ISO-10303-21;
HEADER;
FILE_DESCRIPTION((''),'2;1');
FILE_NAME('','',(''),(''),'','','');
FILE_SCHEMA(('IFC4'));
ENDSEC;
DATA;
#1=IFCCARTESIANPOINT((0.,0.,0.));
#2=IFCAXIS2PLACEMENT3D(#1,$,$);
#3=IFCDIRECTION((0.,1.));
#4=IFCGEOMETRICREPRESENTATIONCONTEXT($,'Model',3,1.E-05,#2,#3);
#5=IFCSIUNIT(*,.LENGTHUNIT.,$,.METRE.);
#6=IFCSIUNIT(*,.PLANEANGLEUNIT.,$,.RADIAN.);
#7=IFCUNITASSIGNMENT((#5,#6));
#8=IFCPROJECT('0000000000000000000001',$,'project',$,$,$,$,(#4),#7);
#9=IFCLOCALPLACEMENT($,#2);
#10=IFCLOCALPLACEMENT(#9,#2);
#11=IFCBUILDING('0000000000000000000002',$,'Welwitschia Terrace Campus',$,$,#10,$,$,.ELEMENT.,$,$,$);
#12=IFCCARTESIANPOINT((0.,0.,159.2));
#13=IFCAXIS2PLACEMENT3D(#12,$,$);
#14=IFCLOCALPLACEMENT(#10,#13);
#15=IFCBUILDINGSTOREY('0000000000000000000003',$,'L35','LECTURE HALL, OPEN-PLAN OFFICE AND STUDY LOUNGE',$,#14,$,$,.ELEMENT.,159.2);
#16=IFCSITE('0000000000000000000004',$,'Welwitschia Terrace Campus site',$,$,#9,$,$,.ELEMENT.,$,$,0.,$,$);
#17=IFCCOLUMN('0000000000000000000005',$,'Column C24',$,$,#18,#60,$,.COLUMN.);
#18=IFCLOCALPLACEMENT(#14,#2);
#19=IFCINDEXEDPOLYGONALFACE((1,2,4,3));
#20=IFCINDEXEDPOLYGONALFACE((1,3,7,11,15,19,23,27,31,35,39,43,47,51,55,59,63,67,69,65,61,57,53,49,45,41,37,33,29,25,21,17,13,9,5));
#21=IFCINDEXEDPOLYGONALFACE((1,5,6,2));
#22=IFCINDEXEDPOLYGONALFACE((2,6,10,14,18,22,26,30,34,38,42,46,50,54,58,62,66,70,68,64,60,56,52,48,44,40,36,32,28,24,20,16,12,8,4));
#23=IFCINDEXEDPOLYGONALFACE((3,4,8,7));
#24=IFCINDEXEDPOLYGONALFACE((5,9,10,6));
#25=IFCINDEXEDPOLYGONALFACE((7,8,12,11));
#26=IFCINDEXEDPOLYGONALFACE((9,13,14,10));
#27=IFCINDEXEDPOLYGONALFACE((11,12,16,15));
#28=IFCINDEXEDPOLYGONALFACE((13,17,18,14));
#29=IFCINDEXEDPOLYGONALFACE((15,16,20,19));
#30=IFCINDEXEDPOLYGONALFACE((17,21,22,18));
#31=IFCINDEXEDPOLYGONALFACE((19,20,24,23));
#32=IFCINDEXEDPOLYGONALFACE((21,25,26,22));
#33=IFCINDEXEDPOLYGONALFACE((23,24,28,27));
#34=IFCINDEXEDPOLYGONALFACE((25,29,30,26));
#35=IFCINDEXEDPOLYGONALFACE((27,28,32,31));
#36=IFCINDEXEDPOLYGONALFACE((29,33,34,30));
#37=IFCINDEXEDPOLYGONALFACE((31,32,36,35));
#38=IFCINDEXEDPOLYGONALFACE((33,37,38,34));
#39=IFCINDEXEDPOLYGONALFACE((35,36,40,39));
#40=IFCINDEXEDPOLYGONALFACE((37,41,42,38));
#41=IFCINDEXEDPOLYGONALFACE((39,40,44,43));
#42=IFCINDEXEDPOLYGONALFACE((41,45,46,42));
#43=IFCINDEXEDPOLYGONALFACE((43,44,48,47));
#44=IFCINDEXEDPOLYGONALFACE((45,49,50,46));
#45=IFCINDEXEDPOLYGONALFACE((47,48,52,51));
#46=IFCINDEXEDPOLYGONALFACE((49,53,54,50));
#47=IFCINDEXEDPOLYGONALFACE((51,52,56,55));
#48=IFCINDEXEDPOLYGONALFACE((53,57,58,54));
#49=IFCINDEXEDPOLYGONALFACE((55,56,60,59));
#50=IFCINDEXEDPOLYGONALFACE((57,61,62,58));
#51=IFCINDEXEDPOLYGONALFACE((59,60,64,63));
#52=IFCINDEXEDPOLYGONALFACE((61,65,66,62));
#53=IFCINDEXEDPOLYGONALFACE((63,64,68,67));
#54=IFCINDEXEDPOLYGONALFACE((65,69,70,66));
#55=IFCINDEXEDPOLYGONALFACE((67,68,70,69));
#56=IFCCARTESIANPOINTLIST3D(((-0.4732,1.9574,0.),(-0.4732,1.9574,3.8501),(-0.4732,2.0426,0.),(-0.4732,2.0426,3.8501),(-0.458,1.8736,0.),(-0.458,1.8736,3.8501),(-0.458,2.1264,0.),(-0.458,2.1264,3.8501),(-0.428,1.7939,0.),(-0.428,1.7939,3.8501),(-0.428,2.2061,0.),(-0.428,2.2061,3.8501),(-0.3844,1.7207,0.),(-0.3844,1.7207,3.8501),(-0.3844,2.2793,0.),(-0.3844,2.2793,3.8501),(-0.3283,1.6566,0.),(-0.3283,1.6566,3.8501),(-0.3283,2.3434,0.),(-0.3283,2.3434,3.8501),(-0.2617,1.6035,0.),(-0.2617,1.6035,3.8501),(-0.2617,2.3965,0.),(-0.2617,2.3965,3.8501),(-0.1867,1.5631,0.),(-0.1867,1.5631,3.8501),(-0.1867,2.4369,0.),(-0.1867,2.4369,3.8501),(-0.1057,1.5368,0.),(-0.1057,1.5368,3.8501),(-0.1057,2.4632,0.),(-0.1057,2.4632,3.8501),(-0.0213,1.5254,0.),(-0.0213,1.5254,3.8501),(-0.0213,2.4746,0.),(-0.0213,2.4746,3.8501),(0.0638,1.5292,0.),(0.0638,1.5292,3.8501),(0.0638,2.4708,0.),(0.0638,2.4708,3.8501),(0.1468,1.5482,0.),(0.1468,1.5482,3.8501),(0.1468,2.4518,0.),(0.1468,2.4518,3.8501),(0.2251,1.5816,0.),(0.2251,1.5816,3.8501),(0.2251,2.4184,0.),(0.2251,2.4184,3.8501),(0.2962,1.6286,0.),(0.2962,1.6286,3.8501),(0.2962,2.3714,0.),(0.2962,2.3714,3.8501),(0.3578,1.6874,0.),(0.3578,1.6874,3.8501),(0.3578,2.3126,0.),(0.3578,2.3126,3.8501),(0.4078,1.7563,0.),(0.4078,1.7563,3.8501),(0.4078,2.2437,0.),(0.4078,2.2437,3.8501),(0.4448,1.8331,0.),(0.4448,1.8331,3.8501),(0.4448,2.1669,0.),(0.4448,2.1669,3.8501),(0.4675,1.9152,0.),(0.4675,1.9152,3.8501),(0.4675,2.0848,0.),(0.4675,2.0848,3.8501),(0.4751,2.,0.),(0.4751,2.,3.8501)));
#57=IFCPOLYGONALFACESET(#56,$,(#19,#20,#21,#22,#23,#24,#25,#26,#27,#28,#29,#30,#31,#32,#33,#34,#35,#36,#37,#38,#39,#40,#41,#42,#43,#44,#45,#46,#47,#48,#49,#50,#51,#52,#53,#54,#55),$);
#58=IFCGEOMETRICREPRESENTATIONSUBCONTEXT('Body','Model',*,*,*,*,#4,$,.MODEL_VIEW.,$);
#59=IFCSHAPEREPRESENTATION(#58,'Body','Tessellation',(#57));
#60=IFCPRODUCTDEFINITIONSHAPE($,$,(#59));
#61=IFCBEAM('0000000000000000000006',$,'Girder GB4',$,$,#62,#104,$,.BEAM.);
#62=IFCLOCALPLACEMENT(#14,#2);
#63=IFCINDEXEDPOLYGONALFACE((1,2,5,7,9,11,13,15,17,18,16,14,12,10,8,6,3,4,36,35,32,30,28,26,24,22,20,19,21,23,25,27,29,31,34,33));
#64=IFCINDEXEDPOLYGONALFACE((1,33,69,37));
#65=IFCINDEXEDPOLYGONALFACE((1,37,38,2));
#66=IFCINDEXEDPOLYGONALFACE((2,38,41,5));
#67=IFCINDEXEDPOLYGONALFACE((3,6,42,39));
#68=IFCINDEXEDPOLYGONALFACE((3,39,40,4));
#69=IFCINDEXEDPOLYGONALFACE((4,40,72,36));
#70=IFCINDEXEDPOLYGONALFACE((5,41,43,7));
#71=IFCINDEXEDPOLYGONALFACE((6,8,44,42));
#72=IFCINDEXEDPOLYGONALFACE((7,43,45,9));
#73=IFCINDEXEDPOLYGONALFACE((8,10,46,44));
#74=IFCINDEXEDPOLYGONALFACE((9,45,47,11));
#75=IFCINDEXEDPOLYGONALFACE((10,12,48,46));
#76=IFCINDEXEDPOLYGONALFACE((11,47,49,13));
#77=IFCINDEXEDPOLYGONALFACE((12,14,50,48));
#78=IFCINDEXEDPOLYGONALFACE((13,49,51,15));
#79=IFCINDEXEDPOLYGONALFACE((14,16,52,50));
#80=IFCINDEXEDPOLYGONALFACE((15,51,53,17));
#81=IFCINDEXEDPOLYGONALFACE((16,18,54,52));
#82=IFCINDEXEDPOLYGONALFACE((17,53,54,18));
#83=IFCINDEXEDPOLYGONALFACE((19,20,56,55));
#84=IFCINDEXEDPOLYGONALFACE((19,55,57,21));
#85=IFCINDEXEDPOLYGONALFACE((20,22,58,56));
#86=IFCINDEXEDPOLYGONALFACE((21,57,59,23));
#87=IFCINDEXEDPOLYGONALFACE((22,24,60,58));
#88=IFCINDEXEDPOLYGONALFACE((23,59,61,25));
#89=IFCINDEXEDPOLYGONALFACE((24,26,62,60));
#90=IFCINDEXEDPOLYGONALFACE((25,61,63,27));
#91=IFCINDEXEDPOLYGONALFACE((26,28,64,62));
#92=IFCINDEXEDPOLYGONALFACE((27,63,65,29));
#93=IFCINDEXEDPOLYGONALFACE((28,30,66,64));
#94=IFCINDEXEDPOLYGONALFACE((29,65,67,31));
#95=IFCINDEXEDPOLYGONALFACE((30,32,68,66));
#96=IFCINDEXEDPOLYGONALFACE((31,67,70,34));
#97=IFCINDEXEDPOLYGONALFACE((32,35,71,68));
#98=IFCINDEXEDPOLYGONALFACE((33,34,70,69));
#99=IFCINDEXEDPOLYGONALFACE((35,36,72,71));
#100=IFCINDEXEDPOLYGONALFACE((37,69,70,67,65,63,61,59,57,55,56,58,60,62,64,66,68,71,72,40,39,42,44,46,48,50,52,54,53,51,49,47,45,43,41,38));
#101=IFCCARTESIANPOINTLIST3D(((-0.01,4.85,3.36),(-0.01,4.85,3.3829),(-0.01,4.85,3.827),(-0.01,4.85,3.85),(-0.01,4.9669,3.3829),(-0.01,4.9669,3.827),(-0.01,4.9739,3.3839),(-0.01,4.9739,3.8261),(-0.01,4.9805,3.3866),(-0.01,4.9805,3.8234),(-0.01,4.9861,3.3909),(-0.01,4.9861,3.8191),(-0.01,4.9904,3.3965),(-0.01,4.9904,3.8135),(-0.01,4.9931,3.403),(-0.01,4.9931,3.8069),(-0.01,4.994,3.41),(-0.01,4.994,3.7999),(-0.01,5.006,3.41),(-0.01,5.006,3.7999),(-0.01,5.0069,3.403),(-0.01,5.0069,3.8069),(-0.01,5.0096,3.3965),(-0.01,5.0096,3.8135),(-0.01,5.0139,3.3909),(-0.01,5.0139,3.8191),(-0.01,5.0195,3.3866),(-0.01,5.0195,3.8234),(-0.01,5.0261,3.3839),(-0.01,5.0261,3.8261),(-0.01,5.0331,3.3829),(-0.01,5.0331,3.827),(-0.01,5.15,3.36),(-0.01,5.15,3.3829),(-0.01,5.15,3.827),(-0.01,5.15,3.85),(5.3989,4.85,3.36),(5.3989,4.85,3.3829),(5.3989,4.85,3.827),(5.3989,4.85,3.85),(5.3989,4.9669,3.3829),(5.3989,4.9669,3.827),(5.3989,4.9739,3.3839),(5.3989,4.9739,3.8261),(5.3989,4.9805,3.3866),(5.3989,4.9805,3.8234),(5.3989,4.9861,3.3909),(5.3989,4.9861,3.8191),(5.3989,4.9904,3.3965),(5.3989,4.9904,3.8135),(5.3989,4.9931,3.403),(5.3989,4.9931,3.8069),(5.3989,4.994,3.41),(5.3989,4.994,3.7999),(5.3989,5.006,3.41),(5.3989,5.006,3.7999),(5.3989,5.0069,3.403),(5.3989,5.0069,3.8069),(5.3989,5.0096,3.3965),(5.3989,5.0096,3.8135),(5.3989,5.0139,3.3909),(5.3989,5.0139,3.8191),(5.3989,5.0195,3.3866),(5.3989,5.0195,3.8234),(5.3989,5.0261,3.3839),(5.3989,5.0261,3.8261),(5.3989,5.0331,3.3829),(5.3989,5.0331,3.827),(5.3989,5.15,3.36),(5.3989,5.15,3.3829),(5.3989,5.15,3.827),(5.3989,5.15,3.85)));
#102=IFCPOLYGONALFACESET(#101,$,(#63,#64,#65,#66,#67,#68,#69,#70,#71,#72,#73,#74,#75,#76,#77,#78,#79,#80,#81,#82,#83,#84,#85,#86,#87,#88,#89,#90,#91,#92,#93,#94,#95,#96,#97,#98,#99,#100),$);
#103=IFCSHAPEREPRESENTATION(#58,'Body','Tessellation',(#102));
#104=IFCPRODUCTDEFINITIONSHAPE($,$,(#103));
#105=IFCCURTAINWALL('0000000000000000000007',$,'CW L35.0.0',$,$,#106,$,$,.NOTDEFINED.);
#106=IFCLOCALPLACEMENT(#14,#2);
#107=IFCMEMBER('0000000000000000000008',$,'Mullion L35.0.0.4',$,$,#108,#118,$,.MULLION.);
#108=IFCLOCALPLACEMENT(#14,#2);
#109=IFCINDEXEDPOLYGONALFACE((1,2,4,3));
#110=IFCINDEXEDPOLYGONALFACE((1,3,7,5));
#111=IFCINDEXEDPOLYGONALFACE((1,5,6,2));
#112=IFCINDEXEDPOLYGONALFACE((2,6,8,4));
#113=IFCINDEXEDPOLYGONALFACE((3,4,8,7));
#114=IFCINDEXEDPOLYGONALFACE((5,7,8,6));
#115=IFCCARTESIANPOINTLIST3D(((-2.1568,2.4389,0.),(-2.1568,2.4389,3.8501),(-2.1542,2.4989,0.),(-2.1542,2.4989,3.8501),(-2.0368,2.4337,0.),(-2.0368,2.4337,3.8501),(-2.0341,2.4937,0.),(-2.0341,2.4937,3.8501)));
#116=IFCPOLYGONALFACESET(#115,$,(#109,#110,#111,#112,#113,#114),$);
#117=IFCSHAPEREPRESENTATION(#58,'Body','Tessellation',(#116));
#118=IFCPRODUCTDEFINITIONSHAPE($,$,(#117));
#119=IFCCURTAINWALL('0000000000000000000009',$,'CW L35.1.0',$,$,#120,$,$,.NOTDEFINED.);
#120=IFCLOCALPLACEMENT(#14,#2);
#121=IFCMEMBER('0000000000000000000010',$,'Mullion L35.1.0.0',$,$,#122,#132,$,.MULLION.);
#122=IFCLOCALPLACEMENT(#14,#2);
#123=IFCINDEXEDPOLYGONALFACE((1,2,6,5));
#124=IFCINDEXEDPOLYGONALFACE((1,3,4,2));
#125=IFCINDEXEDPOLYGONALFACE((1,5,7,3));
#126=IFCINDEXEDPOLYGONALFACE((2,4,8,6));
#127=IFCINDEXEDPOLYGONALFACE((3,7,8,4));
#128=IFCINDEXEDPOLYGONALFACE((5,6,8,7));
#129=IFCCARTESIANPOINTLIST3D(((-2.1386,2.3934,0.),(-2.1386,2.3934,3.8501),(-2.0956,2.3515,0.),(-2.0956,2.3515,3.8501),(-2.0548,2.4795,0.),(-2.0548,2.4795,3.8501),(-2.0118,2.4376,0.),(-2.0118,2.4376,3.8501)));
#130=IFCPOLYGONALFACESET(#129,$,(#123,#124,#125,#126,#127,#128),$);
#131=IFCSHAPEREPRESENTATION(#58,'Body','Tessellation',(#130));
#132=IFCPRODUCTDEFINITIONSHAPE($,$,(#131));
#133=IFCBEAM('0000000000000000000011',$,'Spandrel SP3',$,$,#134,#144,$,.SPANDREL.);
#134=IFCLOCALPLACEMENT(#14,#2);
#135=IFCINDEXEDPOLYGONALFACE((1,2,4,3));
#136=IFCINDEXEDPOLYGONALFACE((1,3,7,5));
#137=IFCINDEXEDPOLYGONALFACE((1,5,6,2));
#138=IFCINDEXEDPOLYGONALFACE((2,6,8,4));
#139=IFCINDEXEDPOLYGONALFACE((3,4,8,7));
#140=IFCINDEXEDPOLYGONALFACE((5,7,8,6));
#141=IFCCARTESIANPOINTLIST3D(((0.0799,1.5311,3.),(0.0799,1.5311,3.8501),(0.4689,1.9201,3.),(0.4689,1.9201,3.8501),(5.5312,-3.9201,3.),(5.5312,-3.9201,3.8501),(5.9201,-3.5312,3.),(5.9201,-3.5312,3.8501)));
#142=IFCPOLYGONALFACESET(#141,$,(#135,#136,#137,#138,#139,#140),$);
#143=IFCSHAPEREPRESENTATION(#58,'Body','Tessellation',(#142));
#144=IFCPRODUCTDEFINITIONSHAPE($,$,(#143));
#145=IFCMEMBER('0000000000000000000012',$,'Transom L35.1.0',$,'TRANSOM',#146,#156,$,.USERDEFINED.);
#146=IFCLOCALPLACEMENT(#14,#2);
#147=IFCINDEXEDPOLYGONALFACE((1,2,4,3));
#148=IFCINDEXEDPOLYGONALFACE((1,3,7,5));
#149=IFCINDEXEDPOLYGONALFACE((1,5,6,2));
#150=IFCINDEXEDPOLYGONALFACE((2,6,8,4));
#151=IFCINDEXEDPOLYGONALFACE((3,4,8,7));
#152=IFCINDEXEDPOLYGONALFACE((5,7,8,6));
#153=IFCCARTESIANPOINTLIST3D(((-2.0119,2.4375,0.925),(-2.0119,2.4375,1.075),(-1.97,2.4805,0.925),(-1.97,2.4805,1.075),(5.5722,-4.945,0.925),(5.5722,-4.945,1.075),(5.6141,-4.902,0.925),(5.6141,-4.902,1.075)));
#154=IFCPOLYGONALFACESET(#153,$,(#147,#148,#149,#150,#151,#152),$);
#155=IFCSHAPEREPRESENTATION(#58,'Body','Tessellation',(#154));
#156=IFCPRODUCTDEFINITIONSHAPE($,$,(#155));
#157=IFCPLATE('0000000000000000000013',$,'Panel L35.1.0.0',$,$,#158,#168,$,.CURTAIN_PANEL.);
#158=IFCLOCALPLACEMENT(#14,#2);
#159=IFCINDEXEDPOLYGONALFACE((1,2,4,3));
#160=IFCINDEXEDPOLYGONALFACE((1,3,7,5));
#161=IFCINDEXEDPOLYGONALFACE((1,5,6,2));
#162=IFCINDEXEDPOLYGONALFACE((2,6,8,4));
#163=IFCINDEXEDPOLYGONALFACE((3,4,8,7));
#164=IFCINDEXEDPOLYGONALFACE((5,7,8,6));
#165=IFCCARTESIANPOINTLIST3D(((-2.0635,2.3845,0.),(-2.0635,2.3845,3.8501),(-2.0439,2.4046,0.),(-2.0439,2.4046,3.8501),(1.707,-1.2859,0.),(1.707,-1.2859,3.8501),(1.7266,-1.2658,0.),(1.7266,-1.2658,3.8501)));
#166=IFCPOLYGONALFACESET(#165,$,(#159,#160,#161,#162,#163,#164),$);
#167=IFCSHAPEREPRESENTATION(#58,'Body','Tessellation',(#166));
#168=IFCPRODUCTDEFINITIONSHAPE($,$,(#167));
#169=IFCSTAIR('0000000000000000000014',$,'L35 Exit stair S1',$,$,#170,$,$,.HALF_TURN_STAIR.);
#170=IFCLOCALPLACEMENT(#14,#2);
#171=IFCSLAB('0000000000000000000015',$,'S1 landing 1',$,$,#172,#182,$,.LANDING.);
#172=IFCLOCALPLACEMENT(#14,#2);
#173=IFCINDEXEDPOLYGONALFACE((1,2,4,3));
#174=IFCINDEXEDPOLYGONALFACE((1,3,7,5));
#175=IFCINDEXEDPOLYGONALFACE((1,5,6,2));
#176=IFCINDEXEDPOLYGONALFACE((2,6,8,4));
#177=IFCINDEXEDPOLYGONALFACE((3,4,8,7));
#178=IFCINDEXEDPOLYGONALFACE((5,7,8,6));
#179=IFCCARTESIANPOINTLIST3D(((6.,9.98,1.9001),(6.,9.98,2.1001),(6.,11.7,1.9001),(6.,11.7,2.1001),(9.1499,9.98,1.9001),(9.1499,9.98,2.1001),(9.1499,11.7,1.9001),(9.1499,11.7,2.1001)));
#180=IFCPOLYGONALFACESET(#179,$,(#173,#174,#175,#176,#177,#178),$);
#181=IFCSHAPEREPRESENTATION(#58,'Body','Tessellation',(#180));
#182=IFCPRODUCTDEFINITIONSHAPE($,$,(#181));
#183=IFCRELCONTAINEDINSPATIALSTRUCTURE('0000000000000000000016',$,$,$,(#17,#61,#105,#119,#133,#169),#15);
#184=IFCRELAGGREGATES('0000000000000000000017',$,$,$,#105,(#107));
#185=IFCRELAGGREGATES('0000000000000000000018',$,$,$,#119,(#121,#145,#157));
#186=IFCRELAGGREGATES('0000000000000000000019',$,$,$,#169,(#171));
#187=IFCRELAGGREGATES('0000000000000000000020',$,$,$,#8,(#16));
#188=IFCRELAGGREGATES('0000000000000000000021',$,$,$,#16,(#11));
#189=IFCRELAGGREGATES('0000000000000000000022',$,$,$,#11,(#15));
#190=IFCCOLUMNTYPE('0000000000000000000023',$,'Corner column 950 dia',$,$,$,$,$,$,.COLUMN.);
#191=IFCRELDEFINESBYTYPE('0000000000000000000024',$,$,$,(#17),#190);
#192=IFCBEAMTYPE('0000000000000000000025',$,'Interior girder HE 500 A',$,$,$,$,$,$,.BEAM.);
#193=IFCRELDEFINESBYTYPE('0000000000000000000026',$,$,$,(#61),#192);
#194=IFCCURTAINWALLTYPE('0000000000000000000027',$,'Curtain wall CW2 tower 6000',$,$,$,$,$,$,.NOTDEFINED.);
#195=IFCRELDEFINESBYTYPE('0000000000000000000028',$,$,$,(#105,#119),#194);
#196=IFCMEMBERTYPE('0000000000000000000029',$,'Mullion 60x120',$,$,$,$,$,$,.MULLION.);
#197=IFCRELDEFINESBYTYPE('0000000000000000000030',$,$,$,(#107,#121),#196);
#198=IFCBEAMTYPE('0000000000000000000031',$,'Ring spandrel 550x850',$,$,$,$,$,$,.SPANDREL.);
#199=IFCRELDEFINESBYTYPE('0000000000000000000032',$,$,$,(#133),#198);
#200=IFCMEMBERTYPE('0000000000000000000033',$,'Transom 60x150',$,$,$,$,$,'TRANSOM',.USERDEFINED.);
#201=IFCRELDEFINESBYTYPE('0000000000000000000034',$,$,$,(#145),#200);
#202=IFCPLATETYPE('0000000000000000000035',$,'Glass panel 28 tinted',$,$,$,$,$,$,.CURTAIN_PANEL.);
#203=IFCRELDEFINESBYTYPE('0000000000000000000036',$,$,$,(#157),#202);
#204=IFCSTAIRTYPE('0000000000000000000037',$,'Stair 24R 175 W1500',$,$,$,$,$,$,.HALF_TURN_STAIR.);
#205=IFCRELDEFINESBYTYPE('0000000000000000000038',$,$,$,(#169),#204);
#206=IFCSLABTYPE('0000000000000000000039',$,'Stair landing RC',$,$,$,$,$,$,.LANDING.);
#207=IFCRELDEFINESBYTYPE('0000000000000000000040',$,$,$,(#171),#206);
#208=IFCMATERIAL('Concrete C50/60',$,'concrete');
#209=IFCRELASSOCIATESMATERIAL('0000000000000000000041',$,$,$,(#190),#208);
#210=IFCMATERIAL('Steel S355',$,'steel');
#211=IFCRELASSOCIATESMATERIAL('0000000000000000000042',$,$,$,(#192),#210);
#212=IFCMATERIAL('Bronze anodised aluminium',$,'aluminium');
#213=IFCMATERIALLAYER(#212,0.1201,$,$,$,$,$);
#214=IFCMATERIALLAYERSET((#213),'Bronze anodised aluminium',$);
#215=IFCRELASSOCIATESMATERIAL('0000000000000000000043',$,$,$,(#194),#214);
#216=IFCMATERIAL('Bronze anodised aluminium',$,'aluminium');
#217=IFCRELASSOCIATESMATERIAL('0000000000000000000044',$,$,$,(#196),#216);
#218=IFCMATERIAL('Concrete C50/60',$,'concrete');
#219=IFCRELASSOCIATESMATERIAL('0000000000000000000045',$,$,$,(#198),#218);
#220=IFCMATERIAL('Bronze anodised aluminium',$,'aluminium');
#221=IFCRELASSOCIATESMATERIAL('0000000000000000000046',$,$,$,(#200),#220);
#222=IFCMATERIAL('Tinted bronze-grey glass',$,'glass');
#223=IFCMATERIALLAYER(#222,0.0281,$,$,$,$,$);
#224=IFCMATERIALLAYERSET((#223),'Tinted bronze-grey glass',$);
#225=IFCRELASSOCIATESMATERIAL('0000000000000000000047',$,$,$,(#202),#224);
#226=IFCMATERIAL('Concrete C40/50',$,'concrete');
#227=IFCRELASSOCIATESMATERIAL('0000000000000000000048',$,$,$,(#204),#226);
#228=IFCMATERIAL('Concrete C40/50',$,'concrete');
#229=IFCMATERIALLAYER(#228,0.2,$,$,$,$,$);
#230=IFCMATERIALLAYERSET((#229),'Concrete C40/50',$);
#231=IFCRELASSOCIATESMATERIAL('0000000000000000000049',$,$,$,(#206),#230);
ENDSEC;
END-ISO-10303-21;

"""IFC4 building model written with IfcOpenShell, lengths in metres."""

from ifc_helpers import new_model, si_unit, direction, frame, origin, origin_2d, place, context, subcontext, project, spatial, polyline, rectangle, circle, i_section, outline, extrude, material, layer, layer_set, material_profile, profile_set, type_object, element, aggregate, save


model = new_model("IFC4")

# Units and contexts
model_context = context("Model", 3, precision=1e-05, world=origin(), true_north=direction((0.0, 1.0)))
body_context = subcontext(model_context, "Body", "Model", "MODEL_VIEW")
ifc_project = project(units=[si_unit("LENGTHUNIT", "METRE"), si_unit("PLANEANGLEUNIT", "RADIAN")], contexts=[model_context])

# Site, building, storey
site_placement = place(None, origin())
site = spatial("IfcSite", under=ifc_project, at=site_placement, Name="Welwitschia Terrace Campus site", CompositionType="ELEMENT", RefElevation=0.0)
building_placement = place(site_placement, origin())
building = spatial("IfcBuilding", under=site, at=building_placement, Name="Welwitschia Terrace Campus", CompositionType="ELEMENT")
storey_placement = place(building_placement, frame((0.0, 0.0, 159.2)))
storey = spatial("IfcBuildingStorey", under=building, at=storey_placement, Name="L35", Description="LECTURE HALL, OPEN-PLAN OFFICE AND STUDY LOUNGE", CompositionType="ELEMENT", Elevation=159.2)

# Column
ifc_material_1 = material(Name="Concrete C50/60", Category="concrete")
ifc_material_profile_1 = material_profile(ifc_material_1, circle(Radius=0.4751, at=origin_2d()))
ifc_profile_set_1 = profile_set([ifc_material_profile_1], Name="Concrete C50/60")
column_type = type_object("IfcColumnType", Name="Corner column 950 dia", PredefinedType="COLUMN", material=ifc_profile_set_1)
column_placement = place(storey_placement, frame((0.0, 2.0, 0.0), z_axis=(0.0, 0.0, 1.0), x_axis=(1.0, 0.0, 0.0)))
element("IfcColumn", 1, at=column_placement, inside=storey, type_object=column_type, Name="Column C24", PredefinedType="COLUMN", context=body_context, shape_type="SweptSolid", body=[
    extrude(circle(Radius=0.4751, at=origin_2d()), origin(), (0.0, 0.0, 1.0), 3.8501),
])

# Beam
ifc_material_2 = material(Name="Steel S355", Category="steel")
ifc_material_profile_2 = material_profile(ifc_material_2, i_section(OverallWidth=0.3, OverallDepth=0.49, WebThickness=0.012, FlangeThickness=0.0229, FilletRadius=0.0271, at=origin_2d()))
ifc_profile_set_2 = profile_set([ifc_material_profile_2], Name="Steel S355")
beam_type_1 = type_object("IfcBeamType", Name="Interior girder HE 500 A", PredefinedType="BEAM", material=ifc_profile_set_2)
beam_1_placement = place(storey_placement, frame((-0.01, 5.0, 3.605), z_axis=(1.0, 0.0, 0.0), x_axis=(0.0, 1.0, 0.0)))
element("IfcBeam", 2, at=beam_1_placement, inside=storey, type_object=beam_type_1, Name="Girder GB4", PredefinedType="BEAM", context=body_context, shape_type="SweptSolid", body=[
    extrude(i_section(OverallWidth=0.3, OverallDepth=0.49, WebThickness=0.012, FlangeThickness=0.0229, FilletRadius=0.0271, at=origin_2d()), origin(), (0.0, 0.0, 1.0), 5.4089),
])

# Curtain walls, members
ifc_material_3 = material(Name="Bronze anodised aluminium", Category="aluminium")
ifc_layer_1 = layer(ifc_material_3, 0.1201)
ifc_layer_set_1 = layer_set([ifc_layer_1], Name="Bronze anodised aluminium")
curtain_wall_type = type_object("IfcCurtainWallType", Name="Curtain wall CW2 tower 6000", PredefinedType="NOTDEFINED", material=ifc_layer_set_1)
curtain_wall_1_placement = place(storey_placement, origin())
curtain_wall_1 = element("IfcCurtainWall", 3, at=curtain_wall_1_placement, inside=storey, type_object=curtain_wall_type, Name="CW L35.0.0", PredefinedType="NOTDEFINED")
ifc_material_4 = material(Name="Bronze anodised aluminium", Category="aluminium")
ifc_material_profile_3 = material_profile(ifc_material_4, rectangle(XDim=0.1201, YDim=0.0601, at=origin_2d()))
ifc_profile_set_3 = profile_set([ifc_material_profile_3], Name="Bronze anodised aluminium")
member_type_1 = type_object("IfcMemberType", Name="Mullion 60x120", PredefinedType="MULLION", material=ifc_profile_set_3)
member_1_placement = place(storey_placement, frame((-2.0955, 2.4663, 0.0), z_axis=(0.0, 0.0, 1.0), x_axis=(0.999048, -0.043619, 0.0)))
member_1 = element("IfcMember", 4, at=member_1_placement, type_object=member_type_1, Name="Mullion L35.0.0.4", PredefinedType="MULLION", context=body_context, shape_type="SweptSolid", body=[
    extrude(rectangle(XDim=0.1201, YDim=0.0601, at=origin_2d()), origin(), (0.0, 0.0, 1.0), 3.8501),
])
aggregate(curtain_wall_1, [member_1])
curtain_wall_2_placement = place(storey_placement, origin())
curtain_wall_2 = element("IfcCurtainWall", 5, at=curtain_wall_2_placement, inside=storey, type_object=curtain_wall_type, Name="CW L35.1.0", PredefinedType="NOTDEFINED")
member_2_placement = place(storey_placement, frame((-2.0752, 2.4155, 0.0), z_axis=(0.0, 0.0, 1.0), x_axis=(0.69753, 0.716556, 0.0)))
member_2 = element("IfcMember", 6, at=member_2_placement, type_object=member_type_1, Name="Mullion L35.1.0.0", PredefinedType="MULLION", context=body_context, shape_type="SweptSolid", body=[
    extrude(rectangle(XDim=0.1201, YDim=0.0601, at=origin_2d()), origin(), (0.0, 0.0, 1.0), 3.8501),
])

# Beam
ifc_material_5 = material(Name="Concrete C50/60", Category="concrete")
ifc_material_profile_4 = material_profile(ifc_material_5, rectangle(XDim=0.55, YDim=0.8501, at=origin_2d()))
ifc_profile_set_4 = profile_set([ifc_material_profile_4], Name="Concrete C50/60")
beam_type_2 = type_object("IfcBeamType", Name="Ring spandrel 550x850", PredefinedType="SPANDREL", material=ifc_profile_set_4)
beam_2_placement = place(storey_placement, frame((0.2744, 1.7256, 3.425), z_axis=(0.707107, -0.707107, 0.0), x_axis=(0.707107, 0.707107, 0.0)))
element("IfcBeam", 7, at=beam_2_placement, inside=storey, type_object=beam_type_2, Name="Spandrel SP3", PredefinedType="SPANDREL", context=body_context, shape_type="SweptSolid", body=[
    extrude(rectangle(XDim=0.55, YDim=0.8501, at=origin_2d()), origin(), (0.0, 0.0, 1.0), 7.7092),
])

# Member
ifc_material_6 = material(Name="Bronze anodised aluminium", Category="aluminium")
ifc_material_profile_5 = material_profile(ifc_material_6, rectangle(XDim=0.0601, YDim=0.1499, at=origin_2d()))
ifc_profile_set_5 = profile_set([ifc_material_profile_5], Name="Bronze anodised aluminium")
member_type_2 = type_object("IfcMemberType", Name="Transom 60x150", ElementType="TRANSOM", PredefinedType="USERDEFINED", material=ifc_profile_set_5)
member_3_placement = place(storey_placement, frame((-1.991, 2.459, 1.0), z_axis=(0.716569, -0.697516, 0.0), x_axis=(0.697516, 0.716569, 0.0)))
member_3 = element("IfcMember", 8, at=member_3_placement, type_object=member_type_2, Name="Transom L35.1.0", ObjectType="TRANSOM", PredefinedType="USERDEFINED", context=body_context, shape_type="SweptSolid", body=[
    extrude(rectangle(XDim=0.0601, YDim=0.1499, at=origin_2d()), origin(), (0.0, 0.0, 1.0), 10.584),
])

# Plate
ifc_material_7 = material(Name="Tinted bronze-grey glass", Category="glass")
ifc_layer_2 = layer(ifc_material_7, 0.0281)
ifc_layer_set_2 = layer_set([ifc_layer_2], Name="Tinted bronze-grey glass")
plate_type = type_object("IfcPlateType", Name="Glass panel 28 tinted", PredefinedType="CURTAIN_PANEL", material=ifc_layer_set_2)
plate_placement = place(storey_placement, frame((-0.1685, 0.5593, 0.0), z_axis=(0.0, 0.0, 1.0), x_axis=(0.716556, -0.69753, 0.0)))
plate = element("IfcPlate", 9, at=plate_placement, type_object=plate_type, Name="Panel L35.1.0.0", PredefinedType="CURTAIN_PANEL", context=body_context, shape_type="SweptSolid", body=[
    extrude(rectangle(XDim=5.262, YDim=0.0281, at=origin_2d()), origin(), (0.0, 0.0, 1.0), 3.8501),
])
aggregate(curtain_wall_2, [member_2, member_3, plate])

# Stair, slab
ifc_material_8 = material(Name="Concrete C40/50", Category="concrete")
stair_type = type_object("IfcStairType", Name="Stair 24R 175 W1500", PredefinedType="HALF_TURN_STAIR", material=ifc_material_8)
stair_1_placement = place(storey_placement, origin())
stair_1 = element("IfcStair", 10, at=stair_1_placement, inside=storey, type_object=stair_type, Name="L35 Exit stair S1", PredefinedType="HALF_TURN_STAIR")
ifc_material_9 = material(Name="Concrete C40/50", Category="concrete")
ifc_layer_3 = layer(ifc_material_9, 0.2)
ifc_layer_set_3 = layer_set([ifc_layer_3], Name="Concrete C40/50")
slab_type_1 = type_object("IfcSlabType", Name="Stair landing RC", PredefinedType="LANDING", material=ifc_layer_set_3)
slab_1_placement = place(storey_placement, frame((0.0, 0.0, 1.9001)))
slab_1 = element("IfcSlab", 11, at=slab_1_placement, type_object=slab_type_1, Name="S1 landing 1", PredefinedType="LANDING", context=body_context, shape_type="SweptSolid", body=[
    extrude(outline(polyline([(9.1499, 9.98), (9.1499, 11.7), (6.0, 11.7), (6.0, 9.98), (9.1499, 9.98)])), origin(), (0.0, 0.0, 1.0), 0.2),
])
aggregate(stair_1, [slab_1])

save(model, "model.ifc")
